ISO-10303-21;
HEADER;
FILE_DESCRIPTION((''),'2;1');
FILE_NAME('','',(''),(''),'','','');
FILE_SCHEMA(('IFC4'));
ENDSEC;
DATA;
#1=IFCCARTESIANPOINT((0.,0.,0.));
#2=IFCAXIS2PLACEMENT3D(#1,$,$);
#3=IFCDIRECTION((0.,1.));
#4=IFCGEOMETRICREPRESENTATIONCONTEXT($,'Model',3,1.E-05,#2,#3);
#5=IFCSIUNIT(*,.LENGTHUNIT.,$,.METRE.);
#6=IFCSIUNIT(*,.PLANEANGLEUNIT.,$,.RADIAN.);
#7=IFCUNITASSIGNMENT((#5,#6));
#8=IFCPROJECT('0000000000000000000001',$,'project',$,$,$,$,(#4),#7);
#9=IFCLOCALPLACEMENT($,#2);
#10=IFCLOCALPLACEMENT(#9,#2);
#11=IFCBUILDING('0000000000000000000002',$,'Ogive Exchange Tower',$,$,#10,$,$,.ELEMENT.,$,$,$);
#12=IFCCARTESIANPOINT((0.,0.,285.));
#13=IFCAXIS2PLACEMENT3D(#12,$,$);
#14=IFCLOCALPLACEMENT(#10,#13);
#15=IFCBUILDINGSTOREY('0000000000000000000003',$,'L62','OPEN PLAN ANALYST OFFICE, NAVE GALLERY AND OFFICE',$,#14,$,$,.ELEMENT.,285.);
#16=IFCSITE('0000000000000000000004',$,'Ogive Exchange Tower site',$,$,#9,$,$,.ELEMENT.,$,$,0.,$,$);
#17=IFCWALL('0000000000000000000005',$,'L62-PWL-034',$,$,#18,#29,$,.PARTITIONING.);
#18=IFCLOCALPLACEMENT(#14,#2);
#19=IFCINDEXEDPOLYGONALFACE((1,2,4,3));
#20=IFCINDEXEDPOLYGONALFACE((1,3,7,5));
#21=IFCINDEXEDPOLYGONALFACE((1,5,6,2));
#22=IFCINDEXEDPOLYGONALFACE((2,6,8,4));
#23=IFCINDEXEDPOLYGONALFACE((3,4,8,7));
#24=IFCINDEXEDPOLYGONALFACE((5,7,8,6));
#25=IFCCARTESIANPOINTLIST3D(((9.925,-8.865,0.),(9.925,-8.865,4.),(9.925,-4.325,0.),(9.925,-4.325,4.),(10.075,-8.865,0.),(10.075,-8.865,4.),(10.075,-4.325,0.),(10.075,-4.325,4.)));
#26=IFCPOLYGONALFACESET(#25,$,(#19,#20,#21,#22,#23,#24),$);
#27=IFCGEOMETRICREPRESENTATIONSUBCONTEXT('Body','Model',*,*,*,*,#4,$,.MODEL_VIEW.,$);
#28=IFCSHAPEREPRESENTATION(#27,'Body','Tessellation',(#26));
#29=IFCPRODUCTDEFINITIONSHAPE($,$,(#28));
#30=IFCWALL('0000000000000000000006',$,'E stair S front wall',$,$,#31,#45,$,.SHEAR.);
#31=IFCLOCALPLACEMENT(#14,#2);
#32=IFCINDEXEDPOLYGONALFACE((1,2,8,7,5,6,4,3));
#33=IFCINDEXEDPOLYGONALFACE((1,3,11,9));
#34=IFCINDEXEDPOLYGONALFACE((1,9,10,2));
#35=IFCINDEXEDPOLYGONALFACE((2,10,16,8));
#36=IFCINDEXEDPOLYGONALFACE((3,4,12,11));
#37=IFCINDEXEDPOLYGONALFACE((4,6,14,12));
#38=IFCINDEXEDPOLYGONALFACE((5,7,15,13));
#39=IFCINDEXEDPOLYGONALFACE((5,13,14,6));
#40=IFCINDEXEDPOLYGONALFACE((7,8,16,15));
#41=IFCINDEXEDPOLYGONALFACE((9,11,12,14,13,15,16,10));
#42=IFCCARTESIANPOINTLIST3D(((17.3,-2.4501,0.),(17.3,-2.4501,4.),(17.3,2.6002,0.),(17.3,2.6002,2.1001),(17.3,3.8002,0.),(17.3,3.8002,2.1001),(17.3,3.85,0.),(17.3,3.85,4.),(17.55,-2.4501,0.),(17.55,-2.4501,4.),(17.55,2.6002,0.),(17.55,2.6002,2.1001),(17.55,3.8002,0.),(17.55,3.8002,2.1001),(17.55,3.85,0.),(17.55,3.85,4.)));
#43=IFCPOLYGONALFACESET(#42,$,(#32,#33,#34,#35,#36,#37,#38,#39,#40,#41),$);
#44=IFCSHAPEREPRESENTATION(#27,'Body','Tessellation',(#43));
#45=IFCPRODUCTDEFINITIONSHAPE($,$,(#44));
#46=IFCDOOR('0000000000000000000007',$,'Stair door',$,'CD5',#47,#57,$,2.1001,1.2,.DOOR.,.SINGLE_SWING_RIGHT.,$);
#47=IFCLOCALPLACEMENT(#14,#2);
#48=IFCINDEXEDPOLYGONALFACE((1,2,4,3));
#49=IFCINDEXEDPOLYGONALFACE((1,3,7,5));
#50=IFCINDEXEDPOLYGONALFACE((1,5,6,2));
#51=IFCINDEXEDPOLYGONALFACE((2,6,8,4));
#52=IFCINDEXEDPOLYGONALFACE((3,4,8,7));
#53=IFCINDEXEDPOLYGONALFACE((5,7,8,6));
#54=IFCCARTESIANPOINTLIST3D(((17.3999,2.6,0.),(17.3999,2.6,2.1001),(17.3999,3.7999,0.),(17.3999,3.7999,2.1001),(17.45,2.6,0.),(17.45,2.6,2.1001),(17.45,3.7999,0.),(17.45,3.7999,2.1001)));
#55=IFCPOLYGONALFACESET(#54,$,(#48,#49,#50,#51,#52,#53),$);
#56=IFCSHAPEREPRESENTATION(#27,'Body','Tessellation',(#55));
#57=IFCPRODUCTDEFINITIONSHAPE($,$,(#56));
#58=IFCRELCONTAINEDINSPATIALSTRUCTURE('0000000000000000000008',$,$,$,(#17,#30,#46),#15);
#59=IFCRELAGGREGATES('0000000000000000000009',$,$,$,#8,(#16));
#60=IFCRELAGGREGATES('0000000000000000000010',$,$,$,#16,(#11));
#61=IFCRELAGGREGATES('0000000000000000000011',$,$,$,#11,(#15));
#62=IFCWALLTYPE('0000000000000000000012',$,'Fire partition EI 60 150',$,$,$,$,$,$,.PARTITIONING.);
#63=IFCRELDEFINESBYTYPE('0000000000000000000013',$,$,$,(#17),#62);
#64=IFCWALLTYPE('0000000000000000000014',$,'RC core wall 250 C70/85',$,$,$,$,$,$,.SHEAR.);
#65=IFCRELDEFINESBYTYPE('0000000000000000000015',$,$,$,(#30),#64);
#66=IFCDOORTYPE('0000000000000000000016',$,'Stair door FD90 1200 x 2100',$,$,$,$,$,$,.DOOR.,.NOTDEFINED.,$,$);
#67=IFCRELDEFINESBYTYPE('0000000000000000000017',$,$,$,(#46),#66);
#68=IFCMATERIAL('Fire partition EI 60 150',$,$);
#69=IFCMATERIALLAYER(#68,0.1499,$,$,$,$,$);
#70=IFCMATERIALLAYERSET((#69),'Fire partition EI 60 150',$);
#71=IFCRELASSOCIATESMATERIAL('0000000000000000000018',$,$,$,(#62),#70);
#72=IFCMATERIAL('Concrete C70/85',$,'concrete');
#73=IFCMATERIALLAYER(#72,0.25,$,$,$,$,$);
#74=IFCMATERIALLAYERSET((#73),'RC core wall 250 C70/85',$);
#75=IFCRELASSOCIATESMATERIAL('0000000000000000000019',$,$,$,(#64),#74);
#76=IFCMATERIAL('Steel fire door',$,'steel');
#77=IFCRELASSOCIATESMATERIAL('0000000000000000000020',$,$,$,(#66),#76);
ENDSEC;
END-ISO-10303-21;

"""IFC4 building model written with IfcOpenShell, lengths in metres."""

from ifc_helpers import new_model, si_unit, direction, frame, frame_2d, origin, place, context, subcontext, project, spatial, rectangle, extrude, material, layer, layer_set, type_object, element, fill, save


model = new_model("IFC4")

# Units and contexts
model_context = context("Model", 3, precision=1e-05, world=origin(), true_north=direction((0.0, 1.0)))
body_context = subcontext(model_context, "Body", "Model", "MODEL_VIEW")
ifc_project = project(units=[si_unit("LENGTHUNIT", "METRE"), si_unit("PLANEANGLEUNIT", "RADIAN")], contexts=[model_context])

# Site, building, storey
site_placement = place(None, origin())
site = spatial("IfcSite", under=ifc_project, at=site_placement, Name="Ogive Exchange Tower site", CompositionType="ELEMENT", RefElevation=0.0)
building_placement = place(site_placement, origin())
building = spatial("IfcBuilding", under=site, at=building_placement, Name="Ogive Exchange Tower", CompositionType="ELEMENT")
storey_placement = place(building_placement, frame((0.0, 0.0, 285.0)))
storey = spatial("IfcBuildingStorey", under=building, at=storey_placement, Name="L62", Description="OPEN PLAN ANALYST OFFICE, NAVE GALLERY AND OFFICE", CompositionType="ELEMENT", Elevation=285.0)

# Wall
ifc_material_1 = material(Name="Fire partition EI 60 150")
ifc_layer_1 = layer(ifc_material_1, 0.1499)
ifc_layer_set_1 = layer_set([ifc_layer_1], Name="Fire partition EI 60 150")
wall_type_1 = type_object("IfcWallType", Name="Fire partition EI 60 150", PredefinedType="PARTITIONING", material=ifc_layer_set_1)
wall_1_placement = place(storey_placement, frame((10.0, -4.325, 0.0), z_axis=(0.0, 0.0, 1.0), x_axis=(0.0, -1.0, 0.0)))
element("IfcWall", 1, at=wall_1_placement, inside=storey, type_object=wall_type_1, Name="L62-PWL-034", PredefinedType="PARTITIONING", context=body_context, shape_type="SweptSolid", body=[
    extrude(rectangle(XDim=4.54, YDim=0.1499, at=frame_2d((2.27, 0.0))), origin(), (0.0, 0.0, 1.0), 4.0),
])

# Wall, opening, door
ifc_material_2 = material(Name="Concrete C70/85", Category="concrete")
ifc_layer_2 = layer(ifc_material_2, 0.25)
ifc_layer_set_2 = layer_set([ifc_layer_2], Name="RC core wall 250 C70/85")
wall_type_2 = type_object("IfcWallType", Name="RC core wall 250 C70/85", PredefinedType="SHEAR", material=ifc_layer_set_2)
wall_2_placement = place(storey_placement, frame((17.425, -2.45, 0.0), z_axis=(0.0, 0.0, 1.0), x_axis=(0.0, 1.0, 0.0)))
wall_2 = element("IfcWall", 2, at=wall_2_placement, inside=storey, type_object=wall_type_2, Name="E stair S front wall", PredefinedType="SHEAR", context=body_context, shape_type="SweptSolid", body=[
    extrude(rectangle(XDim=6.3, YDim=0.25, at=frame_2d((3.1499, 0.0))), origin(), (0.0, 0.0, 1.0), 4.0),
])
opening_1_placement = place(wall_2_placement, frame((5.05, 0.0, 0.0)))
opening_1 = element("IfcOpeningElement", 3, at=opening_1_placement, cuts=wall_2, PredefinedType="OPENING", context=body_context, shape_type="SweptSolid", body=[
    extrude(rectangle(XDim=1.2, YDim=2.1001, at=frame_2d((0.6001, 1.05))), frame((0.0, 0.135, 0.0), z_axis=(0.0, -1.0, 0.0), x_axis=(1.0, 0.0, 0.0)), (0.0, 0.0, 1.0), 0.27),
])
ifc_material_3 = material(Name="Steel fire door", Category="steel")
door_type_1 = type_object("IfcDoorType", Name="Stair door FD90 1200 x 2100", OperationType="NOTDEFINED", PredefinedType="DOOR", material=ifc_material_3)
door_1_placement = place(opening_1_placement, frame((1.2, 0.0, 0.0), z_axis=(0.0, 0.0, 1.0), x_axis=(-1.0, 0.0, 0.0)))
door_1 = element("IfcDoor", 4, at=door_1_placement, inside=storey, type_object=door_type_1, Name="Stair door", ObjectType="CD5", OperationType="SINGLE_SWING_RIGHT", OverallHeight=2.1001, OverallWidth=1.2, PredefinedType="DOOR", context=body_context, shape_type="SweptSolid", body=[
    extrude(rectangle(XDim=1.2, YDim=2.1001, at=frame_2d((0.6001, 1.05))), frame((0.0, 0.0249, 0.0), z_axis=(0.0, -1.0, 0.0), x_axis=(1.0, 0.0, 0.0)), (0.0, 0.0, 1.0), 0.05),
])
fill(opening_1, door_1)

save(model, "model.ifc")
